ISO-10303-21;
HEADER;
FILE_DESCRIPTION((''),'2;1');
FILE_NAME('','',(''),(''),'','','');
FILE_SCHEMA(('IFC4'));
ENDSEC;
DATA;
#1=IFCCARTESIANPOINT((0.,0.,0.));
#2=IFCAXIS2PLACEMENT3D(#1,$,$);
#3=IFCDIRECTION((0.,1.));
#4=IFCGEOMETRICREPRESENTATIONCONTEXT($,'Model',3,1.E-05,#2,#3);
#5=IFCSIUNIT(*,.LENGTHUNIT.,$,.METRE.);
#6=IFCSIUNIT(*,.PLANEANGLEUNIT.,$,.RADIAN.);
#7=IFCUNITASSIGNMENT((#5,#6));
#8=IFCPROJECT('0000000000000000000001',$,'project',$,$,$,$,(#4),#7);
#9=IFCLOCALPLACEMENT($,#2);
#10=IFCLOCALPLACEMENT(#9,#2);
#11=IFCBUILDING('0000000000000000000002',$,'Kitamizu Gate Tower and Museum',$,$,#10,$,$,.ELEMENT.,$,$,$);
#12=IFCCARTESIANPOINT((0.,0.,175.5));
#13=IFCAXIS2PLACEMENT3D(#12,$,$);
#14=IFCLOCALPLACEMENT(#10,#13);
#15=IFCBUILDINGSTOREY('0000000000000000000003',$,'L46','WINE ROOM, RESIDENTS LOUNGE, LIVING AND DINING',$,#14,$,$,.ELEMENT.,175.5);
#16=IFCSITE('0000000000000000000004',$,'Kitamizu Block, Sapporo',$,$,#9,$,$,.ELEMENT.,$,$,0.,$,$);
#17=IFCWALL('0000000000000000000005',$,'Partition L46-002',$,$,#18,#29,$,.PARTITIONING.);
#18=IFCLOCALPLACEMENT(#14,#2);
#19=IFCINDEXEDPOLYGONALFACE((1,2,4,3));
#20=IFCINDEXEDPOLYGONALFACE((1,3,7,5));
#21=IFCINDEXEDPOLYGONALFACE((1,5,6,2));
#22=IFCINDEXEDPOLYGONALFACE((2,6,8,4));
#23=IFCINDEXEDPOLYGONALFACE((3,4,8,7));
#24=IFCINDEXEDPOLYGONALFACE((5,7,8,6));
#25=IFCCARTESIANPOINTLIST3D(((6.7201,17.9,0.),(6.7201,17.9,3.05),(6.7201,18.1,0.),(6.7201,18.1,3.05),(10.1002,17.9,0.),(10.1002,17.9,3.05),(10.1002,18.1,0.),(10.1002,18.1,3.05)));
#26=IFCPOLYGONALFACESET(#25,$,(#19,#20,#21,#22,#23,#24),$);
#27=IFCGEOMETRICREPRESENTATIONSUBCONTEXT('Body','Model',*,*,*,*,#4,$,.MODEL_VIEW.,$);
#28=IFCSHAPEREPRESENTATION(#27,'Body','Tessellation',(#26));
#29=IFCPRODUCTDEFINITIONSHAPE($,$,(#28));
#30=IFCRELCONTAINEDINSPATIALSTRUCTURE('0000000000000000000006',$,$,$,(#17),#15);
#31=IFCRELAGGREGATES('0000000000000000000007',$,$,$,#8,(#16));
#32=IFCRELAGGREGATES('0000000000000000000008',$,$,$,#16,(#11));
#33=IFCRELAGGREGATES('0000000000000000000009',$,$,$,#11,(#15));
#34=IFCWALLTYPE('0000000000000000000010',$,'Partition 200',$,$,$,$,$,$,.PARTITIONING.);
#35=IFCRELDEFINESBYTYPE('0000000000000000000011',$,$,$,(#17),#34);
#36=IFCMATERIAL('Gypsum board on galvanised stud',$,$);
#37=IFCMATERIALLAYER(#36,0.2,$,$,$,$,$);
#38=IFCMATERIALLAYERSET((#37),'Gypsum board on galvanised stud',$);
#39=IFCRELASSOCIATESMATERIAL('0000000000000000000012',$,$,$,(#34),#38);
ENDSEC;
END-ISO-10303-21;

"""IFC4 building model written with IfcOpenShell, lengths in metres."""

from ifc_helpers import new_model, si_unit, direction, frame, frame_2d, origin, place, context, subcontext, project, spatial, rectangle, extrude, material, layer, layer_set, type_object, element, save


model = new_model("IFC4")

# Units and contexts
model_context = context("Model", 3, precision=1e-05, world=origin(), true_north=direction((0.0, 1.0)))
body_context = subcontext(model_context, "Body", "Model", "MODEL_VIEW")
ifc_project = project(units=[si_unit("LENGTHUNIT", "METRE"), si_unit("PLANEANGLEUNIT", "RADIAN")], contexts=[model_context])

# Site, building, storey
site_placement = place(None, origin())
site = spatial("IfcSite", under=ifc_project, at=site_placement, Name="Kitamizu Block, Sapporo", CompositionType="ELEMENT", RefElevation=0.0)
building_placement = place(site_placement, origin())
building = spatial("IfcBuilding", under=site, at=building_placement, Name="Kitamizu Gate Tower and Museum", CompositionType="ELEMENT")
storey_placement = place(building_placement, frame((0.0, 0.0, 175.5)))
storey = spatial("IfcBuildingStorey", under=building, at=storey_placement, Name="L46", Description="WINE ROOM, RESIDENTS LOUNGE, LIVING AND DINING", CompositionType="ELEMENT", Elevation=175.5)

# Wall
ifc_material_1 = material(Name="Gypsum board on galvanised stud")
ifc_layer_1 = layer(ifc_material_1, 0.2)
ifc_layer_set_1 = layer_set([ifc_layer_1], Name="Gypsum board on galvanised stud")
wall_type_1 = type_object("IfcWallType", Name="Partition 200", PredefinedType="PARTITIONING", material=ifc_layer_set_1)
wall_1_placement = place(storey_placement, frame((10.1001, 18.0, 0.0), z_axis=(0.0, 0.0, 1.0), x_axis=(-1.0, 0.0, 0.0)))
element("IfcWall", 1, at=wall_1_placement, inside=storey, type_object=wall_type_1, Name="Partition L46-002", PredefinedType="PARTITIONING", context=body_context, shape_type="SweptSolid", body=[
    extrude(rectangle(XDim=3.3801, YDim=0.2, at=frame_2d((1.6899, 0.0))), origin(), (0.0, 0.0, 1.0), 3.05),
])

save(model, "model.ifc")
